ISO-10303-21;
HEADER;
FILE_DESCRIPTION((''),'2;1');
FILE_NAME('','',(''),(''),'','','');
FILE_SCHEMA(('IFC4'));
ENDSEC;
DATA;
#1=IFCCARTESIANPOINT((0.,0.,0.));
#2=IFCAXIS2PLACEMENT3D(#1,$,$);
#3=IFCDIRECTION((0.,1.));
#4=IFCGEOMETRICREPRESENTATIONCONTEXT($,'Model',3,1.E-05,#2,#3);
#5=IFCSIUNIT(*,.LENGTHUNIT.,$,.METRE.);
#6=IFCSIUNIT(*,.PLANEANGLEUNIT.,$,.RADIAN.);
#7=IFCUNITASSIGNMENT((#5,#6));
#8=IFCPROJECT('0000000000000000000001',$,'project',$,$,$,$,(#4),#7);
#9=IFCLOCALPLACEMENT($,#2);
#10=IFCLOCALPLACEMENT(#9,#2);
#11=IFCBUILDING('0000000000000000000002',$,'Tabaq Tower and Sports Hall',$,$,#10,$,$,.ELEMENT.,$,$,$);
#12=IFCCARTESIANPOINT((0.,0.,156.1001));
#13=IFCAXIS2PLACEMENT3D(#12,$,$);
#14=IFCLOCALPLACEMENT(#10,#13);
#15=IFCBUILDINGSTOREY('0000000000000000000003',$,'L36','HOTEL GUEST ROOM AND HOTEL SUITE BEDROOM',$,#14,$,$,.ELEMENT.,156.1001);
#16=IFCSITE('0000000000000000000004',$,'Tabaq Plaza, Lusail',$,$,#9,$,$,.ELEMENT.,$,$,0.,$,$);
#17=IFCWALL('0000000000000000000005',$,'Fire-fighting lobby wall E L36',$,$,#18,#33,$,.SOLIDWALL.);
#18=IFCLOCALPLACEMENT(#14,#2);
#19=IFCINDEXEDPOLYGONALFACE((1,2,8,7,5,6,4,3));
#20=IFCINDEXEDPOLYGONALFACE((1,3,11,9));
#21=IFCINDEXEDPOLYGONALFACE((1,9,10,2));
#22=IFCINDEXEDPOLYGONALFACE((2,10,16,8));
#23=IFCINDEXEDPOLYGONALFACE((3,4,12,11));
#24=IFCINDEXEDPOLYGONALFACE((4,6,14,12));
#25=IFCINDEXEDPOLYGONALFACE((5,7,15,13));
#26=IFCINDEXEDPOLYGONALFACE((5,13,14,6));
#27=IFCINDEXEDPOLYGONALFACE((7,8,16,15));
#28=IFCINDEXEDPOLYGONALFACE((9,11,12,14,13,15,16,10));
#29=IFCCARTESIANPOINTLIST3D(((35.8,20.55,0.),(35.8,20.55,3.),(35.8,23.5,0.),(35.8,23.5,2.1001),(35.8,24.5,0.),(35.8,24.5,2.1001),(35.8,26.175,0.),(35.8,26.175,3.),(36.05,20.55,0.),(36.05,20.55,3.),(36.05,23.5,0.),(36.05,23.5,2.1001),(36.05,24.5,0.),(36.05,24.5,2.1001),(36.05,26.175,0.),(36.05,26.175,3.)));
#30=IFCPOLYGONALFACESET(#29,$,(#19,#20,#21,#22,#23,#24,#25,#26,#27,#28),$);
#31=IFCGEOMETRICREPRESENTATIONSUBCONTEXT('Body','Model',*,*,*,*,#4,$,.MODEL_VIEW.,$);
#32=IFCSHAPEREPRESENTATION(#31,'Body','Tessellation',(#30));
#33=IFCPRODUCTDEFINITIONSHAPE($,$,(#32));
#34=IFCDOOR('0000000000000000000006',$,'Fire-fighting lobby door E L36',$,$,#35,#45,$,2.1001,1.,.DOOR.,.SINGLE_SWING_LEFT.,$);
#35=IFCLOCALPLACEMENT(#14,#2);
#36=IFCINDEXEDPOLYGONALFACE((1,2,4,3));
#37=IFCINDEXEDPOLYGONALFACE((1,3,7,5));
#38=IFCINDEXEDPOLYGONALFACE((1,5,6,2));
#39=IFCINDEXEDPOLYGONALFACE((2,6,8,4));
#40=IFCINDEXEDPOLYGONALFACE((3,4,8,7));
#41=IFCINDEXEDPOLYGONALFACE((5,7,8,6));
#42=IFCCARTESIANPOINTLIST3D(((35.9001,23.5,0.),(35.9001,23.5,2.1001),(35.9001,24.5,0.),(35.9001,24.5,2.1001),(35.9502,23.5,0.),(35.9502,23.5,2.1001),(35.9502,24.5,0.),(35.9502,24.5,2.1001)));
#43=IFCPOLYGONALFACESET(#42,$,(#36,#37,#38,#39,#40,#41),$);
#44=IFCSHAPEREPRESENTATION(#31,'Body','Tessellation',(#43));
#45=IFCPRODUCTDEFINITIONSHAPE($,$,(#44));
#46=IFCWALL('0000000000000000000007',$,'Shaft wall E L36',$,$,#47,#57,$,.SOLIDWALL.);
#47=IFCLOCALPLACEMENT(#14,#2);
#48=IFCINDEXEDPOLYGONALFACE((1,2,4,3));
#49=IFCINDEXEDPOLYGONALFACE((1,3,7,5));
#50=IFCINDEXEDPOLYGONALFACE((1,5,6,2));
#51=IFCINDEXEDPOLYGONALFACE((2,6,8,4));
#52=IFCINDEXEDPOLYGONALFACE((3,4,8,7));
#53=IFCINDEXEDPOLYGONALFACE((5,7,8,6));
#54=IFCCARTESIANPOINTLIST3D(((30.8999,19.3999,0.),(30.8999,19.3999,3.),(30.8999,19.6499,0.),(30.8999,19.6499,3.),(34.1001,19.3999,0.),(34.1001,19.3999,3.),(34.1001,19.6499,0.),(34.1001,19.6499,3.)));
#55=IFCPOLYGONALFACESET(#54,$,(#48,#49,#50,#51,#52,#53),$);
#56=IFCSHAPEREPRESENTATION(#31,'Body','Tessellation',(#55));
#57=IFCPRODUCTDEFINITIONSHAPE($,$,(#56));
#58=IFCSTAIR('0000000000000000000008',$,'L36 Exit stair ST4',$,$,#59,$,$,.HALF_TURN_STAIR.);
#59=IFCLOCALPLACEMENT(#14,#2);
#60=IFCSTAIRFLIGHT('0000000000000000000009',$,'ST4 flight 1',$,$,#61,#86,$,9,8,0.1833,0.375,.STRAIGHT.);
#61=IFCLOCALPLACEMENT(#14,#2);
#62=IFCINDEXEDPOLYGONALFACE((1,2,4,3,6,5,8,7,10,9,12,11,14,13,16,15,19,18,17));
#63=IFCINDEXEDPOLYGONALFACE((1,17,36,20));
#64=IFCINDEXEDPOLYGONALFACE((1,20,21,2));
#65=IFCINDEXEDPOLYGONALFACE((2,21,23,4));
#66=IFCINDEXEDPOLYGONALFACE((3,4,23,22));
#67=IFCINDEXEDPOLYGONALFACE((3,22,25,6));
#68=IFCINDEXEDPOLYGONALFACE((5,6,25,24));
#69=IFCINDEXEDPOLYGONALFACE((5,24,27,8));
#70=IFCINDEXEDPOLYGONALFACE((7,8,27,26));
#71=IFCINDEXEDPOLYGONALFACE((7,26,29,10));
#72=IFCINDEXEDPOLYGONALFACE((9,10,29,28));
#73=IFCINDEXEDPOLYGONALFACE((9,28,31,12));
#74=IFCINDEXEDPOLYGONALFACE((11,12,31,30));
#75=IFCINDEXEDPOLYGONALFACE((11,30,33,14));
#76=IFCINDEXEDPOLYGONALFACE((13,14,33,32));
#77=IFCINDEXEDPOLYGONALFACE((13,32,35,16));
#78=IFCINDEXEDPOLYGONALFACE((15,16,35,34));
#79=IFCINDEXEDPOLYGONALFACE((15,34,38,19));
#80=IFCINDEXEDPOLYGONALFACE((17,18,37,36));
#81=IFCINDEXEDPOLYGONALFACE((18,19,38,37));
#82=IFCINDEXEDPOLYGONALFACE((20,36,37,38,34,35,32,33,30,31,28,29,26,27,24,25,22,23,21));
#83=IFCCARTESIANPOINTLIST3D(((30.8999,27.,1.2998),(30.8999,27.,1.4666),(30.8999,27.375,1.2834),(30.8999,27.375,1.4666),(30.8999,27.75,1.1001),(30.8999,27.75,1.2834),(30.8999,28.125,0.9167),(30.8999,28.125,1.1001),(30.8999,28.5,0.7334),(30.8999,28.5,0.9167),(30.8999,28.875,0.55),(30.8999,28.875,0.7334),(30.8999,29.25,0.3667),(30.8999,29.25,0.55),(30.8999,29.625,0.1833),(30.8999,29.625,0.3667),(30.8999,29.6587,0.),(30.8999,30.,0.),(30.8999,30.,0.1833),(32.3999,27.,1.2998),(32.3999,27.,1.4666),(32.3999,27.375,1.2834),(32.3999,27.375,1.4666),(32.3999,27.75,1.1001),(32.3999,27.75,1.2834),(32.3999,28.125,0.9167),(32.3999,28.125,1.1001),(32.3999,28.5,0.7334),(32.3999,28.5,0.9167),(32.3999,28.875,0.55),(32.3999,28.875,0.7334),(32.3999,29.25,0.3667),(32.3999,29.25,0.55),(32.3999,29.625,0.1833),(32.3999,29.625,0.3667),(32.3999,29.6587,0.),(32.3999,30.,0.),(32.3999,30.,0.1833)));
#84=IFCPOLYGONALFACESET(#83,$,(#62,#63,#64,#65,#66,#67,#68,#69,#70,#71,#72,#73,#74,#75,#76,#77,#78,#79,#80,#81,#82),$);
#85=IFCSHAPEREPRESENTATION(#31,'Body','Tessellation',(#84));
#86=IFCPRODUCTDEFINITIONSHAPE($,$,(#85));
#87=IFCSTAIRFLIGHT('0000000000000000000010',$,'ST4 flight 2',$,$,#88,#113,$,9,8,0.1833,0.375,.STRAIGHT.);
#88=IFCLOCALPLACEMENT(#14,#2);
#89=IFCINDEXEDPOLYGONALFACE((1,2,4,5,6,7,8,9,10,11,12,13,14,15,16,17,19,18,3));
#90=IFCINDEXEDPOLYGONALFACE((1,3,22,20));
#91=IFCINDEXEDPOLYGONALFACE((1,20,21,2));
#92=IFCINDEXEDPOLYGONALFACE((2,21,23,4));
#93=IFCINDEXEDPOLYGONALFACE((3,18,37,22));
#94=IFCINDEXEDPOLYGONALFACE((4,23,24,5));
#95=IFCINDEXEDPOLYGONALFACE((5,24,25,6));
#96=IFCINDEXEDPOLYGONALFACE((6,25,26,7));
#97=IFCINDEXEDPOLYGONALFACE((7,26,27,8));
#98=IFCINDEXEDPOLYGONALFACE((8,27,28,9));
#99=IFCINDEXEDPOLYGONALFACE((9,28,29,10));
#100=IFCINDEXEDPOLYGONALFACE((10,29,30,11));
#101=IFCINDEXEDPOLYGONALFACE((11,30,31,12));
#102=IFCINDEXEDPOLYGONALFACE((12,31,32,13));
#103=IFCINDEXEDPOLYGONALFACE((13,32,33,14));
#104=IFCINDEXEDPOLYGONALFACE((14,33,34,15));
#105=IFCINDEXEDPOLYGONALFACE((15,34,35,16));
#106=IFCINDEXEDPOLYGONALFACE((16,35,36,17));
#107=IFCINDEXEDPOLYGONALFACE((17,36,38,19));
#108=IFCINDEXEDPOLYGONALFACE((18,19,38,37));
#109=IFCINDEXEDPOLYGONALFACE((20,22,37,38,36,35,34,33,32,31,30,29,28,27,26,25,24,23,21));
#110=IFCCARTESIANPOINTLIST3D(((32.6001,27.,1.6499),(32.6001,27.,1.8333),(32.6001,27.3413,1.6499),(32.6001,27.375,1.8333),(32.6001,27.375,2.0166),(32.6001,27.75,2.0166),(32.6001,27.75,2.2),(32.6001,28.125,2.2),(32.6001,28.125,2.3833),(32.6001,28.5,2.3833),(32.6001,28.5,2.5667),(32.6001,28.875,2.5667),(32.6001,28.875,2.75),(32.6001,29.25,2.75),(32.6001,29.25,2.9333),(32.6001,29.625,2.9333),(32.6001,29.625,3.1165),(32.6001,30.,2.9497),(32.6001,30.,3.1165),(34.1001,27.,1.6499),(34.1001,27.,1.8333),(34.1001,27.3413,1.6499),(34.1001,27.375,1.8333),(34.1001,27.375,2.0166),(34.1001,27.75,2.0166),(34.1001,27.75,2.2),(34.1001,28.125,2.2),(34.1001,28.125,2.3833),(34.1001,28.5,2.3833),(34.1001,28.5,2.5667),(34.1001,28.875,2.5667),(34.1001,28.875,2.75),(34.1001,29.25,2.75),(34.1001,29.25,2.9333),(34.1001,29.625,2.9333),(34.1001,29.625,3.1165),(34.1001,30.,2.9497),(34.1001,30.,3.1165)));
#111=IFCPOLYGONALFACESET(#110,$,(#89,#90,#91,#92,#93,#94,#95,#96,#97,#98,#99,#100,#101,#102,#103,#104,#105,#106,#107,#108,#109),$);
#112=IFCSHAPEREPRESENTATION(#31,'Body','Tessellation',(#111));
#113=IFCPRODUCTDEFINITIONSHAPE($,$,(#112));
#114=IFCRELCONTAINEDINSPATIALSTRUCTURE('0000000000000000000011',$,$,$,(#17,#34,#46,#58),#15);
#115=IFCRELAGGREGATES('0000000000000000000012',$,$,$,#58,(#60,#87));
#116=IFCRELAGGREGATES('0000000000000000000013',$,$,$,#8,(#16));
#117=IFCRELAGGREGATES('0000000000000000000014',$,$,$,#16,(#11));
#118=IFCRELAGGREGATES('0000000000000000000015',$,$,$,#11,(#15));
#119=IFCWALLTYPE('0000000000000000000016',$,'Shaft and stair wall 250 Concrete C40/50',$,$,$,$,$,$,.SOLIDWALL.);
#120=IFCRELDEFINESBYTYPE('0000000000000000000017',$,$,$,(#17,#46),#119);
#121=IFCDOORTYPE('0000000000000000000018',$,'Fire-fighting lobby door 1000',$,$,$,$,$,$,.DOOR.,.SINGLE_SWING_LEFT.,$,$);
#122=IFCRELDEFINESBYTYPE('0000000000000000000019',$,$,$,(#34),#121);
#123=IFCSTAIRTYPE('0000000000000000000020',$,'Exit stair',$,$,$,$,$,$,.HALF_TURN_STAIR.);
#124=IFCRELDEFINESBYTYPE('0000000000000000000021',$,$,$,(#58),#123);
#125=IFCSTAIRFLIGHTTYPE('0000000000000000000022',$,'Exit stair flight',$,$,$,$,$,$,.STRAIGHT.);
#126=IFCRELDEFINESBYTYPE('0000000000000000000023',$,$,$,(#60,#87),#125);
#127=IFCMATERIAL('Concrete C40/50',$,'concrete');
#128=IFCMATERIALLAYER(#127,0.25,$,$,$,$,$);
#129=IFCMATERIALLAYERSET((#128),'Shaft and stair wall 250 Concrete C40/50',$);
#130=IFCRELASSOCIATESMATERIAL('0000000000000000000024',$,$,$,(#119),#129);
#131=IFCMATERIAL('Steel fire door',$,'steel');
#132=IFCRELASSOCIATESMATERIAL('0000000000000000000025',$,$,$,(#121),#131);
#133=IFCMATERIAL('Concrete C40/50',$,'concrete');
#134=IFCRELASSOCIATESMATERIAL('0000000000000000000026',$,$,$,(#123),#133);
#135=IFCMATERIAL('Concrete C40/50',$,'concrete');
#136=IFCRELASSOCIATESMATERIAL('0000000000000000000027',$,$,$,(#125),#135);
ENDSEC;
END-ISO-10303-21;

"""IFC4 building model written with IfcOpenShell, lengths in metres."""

from ifc_helpers import new_model, si_unit, direction, frame, frame_2d, origin, place, context, subcontext, project, spatial, polyline, rectangle, outline, extrude, material, layer, layer_set, type_object, element, fill, aggregate, save


model = new_model("IFC4")

# Units and contexts
model_context = context("Model", 3, precision=1e-05, world=origin(), true_north=direction((0.0, 1.0)))
body_context = subcontext(model_context, "Body", "Model", "MODEL_VIEW")
ifc_project = project(units=[si_unit("LENGTHUNIT", "METRE"), si_unit("PLANEANGLEUNIT", "RADIAN")], contexts=[model_context])

# Site, building, storey
site_placement = place(None, origin())
site = spatial("IfcSite", under=ifc_project, at=site_placement, Name="Tabaq Plaza, Lusail", CompositionType="ELEMENT", RefElevation=0.0)
building_placement = place(site_placement, origin())
building = spatial("IfcBuilding", under=site, at=building_placement, Name="Tabaq Tower and Sports Hall", CompositionType="ELEMENT")
storey_placement = place(building_placement, frame((0.0, 0.0, 156.1001)))
storey = spatial("IfcBuildingStorey", under=building, at=storey_placement, Name="L36", Description="HOTEL GUEST ROOM AND HOTEL SUITE BEDROOM", CompositionType="ELEMENT", Elevation=156.1001)

# Shared definitions
ifc_material_1 = material(Name="Concrete C40/50", Category="concrete")
ifc_layer_1 = layer(ifc_material_1, 0.25)
ifc_layer_set_1 = layer_set([ifc_layer_1], Name="Shaft and stair wall 250 Concrete C40/50")
wall_type_1 = type_object("IfcWallType", Name="Shaft and stair wall 250 Concrete C40/50", PredefinedType="SOLIDWALL", material=ifc_layer_set_1)

# Shared definitions
ifc_material_2 = material(Name="Steel fire door", Category="steel")
door_type_1 = type_object("IfcDoorType", Name="Fire-fighting lobby door 1000", OperationType="SINGLE_SWING_LEFT", PredefinedType="DOOR", material=ifc_material_2)

# Wall, opening, door
wall_1_placement = place(storey_placement, frame((35.925, 20.55, 0.0), z_axis=(0.0, 0.0, 1.0), x_axis=(0.0, 1.0, 0.0)))
wall_1 = element("IfcWall", 1, at=wall_1_placement, inside=storey, type_object=wall_type_1, Name="Fire-fighting lobby wall E L36", PredefinedType="SOLIDWALL", context=body_context, shape_type="SweptSolid", body=[
    extrude(rectangle(XDim=5.625, YDim=0.25, at=frame_2d((2.8125, 0.0))), origin(), (0.0, 0.0, 1.0), 3.0),
])
opening_1_placement = place(wall_1_placement, frame((2.95, 0.0, 0.0)))
opening_1 = element("IfcOpeningElement", 2, at=opening_1_placement, cuts=wall_1, PredefinedType="OPENING", context=body_context, shape_type="SweptSolid", body=[
    extrude(rectangle(XDim=1.0, YDim=2.1001, at=frame_2d((0.5, 1.05))), frame((0.0, 0.125, 0.0), z_axis=(0.0, -1.0, 0.0), x_axis=(1.0, 0.0, 0.0)), (0.0, 0.0, 1.0), 0.25),
])
door_1_placement = place(opening_1_placement, origin())
door_1 = element("IfcDoor", 3, at=door_1_placement, inside=storey, type_object=door_type_1, Name="Fire-fighting lobby door E L36", OperationType="SINGLE_SWING_LEFT", OverallHeight=2.1001, OverallWidth=1.0, PredefinedType="DOOR", context=body_context, shape_type="SweptSolid", body=[
    extrude(rectangle(XDim=1.0, YDim=2.1001, at=frame_2d((0.5, 1.05))), frame((0.0, 0.0249, 0.0), z_axis=(0.0, -1.0, 0.0), x_axis=(1.0, 0.0, 0.0)), (0.0, 0.0, 1.0), 0.05),
])
fill(opening_1, door_1)

# Wall
wall_2_placement = place(storey_placement, frame((30.8999, 19.5249, 0.0), z_axis=(0.0, 0.0, 1.0), x_axis=(1.0, 0.0, 0.0)))
element("IfcWall", 4, at=wall_2_placement, inside=storey, type_object=wall_type_1, Name="Shaft wall E L36", PredefinedType="SOLIDWALL", context=body_context, shape_type="SweptSolid", body=[
    extrude(rectangle(XDim=3.2002, YDim=0.25, at=frame_2d((1.6001, 0.0))), origin(), (0.0, 0.0, 1.0), 3.0),
])

# Stair, stair flights
ifc_material_3 = material(Name="Concrete C40/50", Category="concrete")
stair_type = type_object("IfcStairType", Name="Exit stair", PredefinedType="HALF_TURN_STAIR", material=ifc_material_3)
stair_placement = place(storey_placement, origin())
stair = element("IfcStair", 5, at=stair_placement, inside=storey, type_object=stair_type, Name="L36 Exit stair ST4", PredefinedType="HALF_TURN_STAIR")
ifc_material_4 = material(Name="Concrete C40/50", Category="concrete")
stair_flight_type = type_object("IfcStairFlightType", Name="Exit stair flight", PredefinedType="STRAIGHT", material=ifc_material_4)
stair_flight_1_placement = place(storey_placement, frame((31.6499, 30.0, 0.0), z_axis=(0.0, 0.0, 1.0), x_axis=(0.0, -1.0, 0.0)))
stair_flight_1 = element("IfcStairFlight", 6, at=stair_flight_1_placement, type_object=stair_flight_type, Name="ST4 flight 1", NumberOfRisers=9, NumberOfTreads=8, PredefinedType="STRAIGHT", RiserHeight=0.1833, TreadLength=0.375, context=body_context, shape_type="SweptSolid", body=[
    extrude(outline(polyline([(0.0, 0.0), (0.0, 0.1833), (0.375, 0.1833), (0.375, 0.3667), (0.75, 0.3667), (0.75, 0.55), (1.125, 0.55), (1.125, 0.7334), (1.5, 0.7334), (1.5, 0.9167), (1.875, 0.9167), (1.875, 1.1001), (2.25, 1.1001), (2.25, 1.2834), (2.625, 1.2834), (2.625, 1.4666), (3.0, 1.4666), (3.0, 1.6499), (3.0, 1.2998), (0.3413, 0.0), (0.0, 0.0)])), frame((0.0, 0.75, 0.0), z_axis=(0.0, -1.0, 0.0), x_axis=(1.0, 0.0, 0.0)), (0.0, 0.0, 1.0), 1.5),
])
stair_flight_2_placement = place(storey_placement, frame((33.3501, 27.0, 1.6499), z_axis=(0.0, 0.0, 1.0), x_axis=(0.0, 1.0, 0.0)))
stair_flight_2 = element("IfcStairFlight", 7, at=stair_flight_2_placement, type_object=stair_flight_type, Name="ST4 flight 2", NumberOfRisers=9, NumberOfTreads=8, PredefinedType="STRAIGHT", RiserHeight=0.1833, TreadLength=0.375, context=body_context, shape_type="SweptSolid", body=[
    extrude(outline(polyline([(0.0, 0.0), (0.0, 0.1833), (0.375, 0.1833), (0.375, 0.3667), (0.75, 0.3667), (0.75, 0.55), (1.125, 0.55), (1.125, 0.7334), (1.5, 0.7334), (1.5, 0.9167), (1.875, 0.9167), (1.875, 1.1001), (2.25, 1.1001), (2.25, 1.2834), (2.625, 1.2834), (2.625, 1.4666), (3.0, 1.4666), (3.0, 1.6499), (3.0, 1.2998), (0.3413, 0.0), (0.0, 0.0)])), frame((0.0, 0.75, 0.0), z_axis=(0.0, -1.0, 0.0), x_axis=(1.0, 0.0, 0.0)), (0.0, 0.0, 1.0), 1.5),
])
aggregate(stair, [stair_flight_1, stair_flight_2])

save(model, "model.ifc")
